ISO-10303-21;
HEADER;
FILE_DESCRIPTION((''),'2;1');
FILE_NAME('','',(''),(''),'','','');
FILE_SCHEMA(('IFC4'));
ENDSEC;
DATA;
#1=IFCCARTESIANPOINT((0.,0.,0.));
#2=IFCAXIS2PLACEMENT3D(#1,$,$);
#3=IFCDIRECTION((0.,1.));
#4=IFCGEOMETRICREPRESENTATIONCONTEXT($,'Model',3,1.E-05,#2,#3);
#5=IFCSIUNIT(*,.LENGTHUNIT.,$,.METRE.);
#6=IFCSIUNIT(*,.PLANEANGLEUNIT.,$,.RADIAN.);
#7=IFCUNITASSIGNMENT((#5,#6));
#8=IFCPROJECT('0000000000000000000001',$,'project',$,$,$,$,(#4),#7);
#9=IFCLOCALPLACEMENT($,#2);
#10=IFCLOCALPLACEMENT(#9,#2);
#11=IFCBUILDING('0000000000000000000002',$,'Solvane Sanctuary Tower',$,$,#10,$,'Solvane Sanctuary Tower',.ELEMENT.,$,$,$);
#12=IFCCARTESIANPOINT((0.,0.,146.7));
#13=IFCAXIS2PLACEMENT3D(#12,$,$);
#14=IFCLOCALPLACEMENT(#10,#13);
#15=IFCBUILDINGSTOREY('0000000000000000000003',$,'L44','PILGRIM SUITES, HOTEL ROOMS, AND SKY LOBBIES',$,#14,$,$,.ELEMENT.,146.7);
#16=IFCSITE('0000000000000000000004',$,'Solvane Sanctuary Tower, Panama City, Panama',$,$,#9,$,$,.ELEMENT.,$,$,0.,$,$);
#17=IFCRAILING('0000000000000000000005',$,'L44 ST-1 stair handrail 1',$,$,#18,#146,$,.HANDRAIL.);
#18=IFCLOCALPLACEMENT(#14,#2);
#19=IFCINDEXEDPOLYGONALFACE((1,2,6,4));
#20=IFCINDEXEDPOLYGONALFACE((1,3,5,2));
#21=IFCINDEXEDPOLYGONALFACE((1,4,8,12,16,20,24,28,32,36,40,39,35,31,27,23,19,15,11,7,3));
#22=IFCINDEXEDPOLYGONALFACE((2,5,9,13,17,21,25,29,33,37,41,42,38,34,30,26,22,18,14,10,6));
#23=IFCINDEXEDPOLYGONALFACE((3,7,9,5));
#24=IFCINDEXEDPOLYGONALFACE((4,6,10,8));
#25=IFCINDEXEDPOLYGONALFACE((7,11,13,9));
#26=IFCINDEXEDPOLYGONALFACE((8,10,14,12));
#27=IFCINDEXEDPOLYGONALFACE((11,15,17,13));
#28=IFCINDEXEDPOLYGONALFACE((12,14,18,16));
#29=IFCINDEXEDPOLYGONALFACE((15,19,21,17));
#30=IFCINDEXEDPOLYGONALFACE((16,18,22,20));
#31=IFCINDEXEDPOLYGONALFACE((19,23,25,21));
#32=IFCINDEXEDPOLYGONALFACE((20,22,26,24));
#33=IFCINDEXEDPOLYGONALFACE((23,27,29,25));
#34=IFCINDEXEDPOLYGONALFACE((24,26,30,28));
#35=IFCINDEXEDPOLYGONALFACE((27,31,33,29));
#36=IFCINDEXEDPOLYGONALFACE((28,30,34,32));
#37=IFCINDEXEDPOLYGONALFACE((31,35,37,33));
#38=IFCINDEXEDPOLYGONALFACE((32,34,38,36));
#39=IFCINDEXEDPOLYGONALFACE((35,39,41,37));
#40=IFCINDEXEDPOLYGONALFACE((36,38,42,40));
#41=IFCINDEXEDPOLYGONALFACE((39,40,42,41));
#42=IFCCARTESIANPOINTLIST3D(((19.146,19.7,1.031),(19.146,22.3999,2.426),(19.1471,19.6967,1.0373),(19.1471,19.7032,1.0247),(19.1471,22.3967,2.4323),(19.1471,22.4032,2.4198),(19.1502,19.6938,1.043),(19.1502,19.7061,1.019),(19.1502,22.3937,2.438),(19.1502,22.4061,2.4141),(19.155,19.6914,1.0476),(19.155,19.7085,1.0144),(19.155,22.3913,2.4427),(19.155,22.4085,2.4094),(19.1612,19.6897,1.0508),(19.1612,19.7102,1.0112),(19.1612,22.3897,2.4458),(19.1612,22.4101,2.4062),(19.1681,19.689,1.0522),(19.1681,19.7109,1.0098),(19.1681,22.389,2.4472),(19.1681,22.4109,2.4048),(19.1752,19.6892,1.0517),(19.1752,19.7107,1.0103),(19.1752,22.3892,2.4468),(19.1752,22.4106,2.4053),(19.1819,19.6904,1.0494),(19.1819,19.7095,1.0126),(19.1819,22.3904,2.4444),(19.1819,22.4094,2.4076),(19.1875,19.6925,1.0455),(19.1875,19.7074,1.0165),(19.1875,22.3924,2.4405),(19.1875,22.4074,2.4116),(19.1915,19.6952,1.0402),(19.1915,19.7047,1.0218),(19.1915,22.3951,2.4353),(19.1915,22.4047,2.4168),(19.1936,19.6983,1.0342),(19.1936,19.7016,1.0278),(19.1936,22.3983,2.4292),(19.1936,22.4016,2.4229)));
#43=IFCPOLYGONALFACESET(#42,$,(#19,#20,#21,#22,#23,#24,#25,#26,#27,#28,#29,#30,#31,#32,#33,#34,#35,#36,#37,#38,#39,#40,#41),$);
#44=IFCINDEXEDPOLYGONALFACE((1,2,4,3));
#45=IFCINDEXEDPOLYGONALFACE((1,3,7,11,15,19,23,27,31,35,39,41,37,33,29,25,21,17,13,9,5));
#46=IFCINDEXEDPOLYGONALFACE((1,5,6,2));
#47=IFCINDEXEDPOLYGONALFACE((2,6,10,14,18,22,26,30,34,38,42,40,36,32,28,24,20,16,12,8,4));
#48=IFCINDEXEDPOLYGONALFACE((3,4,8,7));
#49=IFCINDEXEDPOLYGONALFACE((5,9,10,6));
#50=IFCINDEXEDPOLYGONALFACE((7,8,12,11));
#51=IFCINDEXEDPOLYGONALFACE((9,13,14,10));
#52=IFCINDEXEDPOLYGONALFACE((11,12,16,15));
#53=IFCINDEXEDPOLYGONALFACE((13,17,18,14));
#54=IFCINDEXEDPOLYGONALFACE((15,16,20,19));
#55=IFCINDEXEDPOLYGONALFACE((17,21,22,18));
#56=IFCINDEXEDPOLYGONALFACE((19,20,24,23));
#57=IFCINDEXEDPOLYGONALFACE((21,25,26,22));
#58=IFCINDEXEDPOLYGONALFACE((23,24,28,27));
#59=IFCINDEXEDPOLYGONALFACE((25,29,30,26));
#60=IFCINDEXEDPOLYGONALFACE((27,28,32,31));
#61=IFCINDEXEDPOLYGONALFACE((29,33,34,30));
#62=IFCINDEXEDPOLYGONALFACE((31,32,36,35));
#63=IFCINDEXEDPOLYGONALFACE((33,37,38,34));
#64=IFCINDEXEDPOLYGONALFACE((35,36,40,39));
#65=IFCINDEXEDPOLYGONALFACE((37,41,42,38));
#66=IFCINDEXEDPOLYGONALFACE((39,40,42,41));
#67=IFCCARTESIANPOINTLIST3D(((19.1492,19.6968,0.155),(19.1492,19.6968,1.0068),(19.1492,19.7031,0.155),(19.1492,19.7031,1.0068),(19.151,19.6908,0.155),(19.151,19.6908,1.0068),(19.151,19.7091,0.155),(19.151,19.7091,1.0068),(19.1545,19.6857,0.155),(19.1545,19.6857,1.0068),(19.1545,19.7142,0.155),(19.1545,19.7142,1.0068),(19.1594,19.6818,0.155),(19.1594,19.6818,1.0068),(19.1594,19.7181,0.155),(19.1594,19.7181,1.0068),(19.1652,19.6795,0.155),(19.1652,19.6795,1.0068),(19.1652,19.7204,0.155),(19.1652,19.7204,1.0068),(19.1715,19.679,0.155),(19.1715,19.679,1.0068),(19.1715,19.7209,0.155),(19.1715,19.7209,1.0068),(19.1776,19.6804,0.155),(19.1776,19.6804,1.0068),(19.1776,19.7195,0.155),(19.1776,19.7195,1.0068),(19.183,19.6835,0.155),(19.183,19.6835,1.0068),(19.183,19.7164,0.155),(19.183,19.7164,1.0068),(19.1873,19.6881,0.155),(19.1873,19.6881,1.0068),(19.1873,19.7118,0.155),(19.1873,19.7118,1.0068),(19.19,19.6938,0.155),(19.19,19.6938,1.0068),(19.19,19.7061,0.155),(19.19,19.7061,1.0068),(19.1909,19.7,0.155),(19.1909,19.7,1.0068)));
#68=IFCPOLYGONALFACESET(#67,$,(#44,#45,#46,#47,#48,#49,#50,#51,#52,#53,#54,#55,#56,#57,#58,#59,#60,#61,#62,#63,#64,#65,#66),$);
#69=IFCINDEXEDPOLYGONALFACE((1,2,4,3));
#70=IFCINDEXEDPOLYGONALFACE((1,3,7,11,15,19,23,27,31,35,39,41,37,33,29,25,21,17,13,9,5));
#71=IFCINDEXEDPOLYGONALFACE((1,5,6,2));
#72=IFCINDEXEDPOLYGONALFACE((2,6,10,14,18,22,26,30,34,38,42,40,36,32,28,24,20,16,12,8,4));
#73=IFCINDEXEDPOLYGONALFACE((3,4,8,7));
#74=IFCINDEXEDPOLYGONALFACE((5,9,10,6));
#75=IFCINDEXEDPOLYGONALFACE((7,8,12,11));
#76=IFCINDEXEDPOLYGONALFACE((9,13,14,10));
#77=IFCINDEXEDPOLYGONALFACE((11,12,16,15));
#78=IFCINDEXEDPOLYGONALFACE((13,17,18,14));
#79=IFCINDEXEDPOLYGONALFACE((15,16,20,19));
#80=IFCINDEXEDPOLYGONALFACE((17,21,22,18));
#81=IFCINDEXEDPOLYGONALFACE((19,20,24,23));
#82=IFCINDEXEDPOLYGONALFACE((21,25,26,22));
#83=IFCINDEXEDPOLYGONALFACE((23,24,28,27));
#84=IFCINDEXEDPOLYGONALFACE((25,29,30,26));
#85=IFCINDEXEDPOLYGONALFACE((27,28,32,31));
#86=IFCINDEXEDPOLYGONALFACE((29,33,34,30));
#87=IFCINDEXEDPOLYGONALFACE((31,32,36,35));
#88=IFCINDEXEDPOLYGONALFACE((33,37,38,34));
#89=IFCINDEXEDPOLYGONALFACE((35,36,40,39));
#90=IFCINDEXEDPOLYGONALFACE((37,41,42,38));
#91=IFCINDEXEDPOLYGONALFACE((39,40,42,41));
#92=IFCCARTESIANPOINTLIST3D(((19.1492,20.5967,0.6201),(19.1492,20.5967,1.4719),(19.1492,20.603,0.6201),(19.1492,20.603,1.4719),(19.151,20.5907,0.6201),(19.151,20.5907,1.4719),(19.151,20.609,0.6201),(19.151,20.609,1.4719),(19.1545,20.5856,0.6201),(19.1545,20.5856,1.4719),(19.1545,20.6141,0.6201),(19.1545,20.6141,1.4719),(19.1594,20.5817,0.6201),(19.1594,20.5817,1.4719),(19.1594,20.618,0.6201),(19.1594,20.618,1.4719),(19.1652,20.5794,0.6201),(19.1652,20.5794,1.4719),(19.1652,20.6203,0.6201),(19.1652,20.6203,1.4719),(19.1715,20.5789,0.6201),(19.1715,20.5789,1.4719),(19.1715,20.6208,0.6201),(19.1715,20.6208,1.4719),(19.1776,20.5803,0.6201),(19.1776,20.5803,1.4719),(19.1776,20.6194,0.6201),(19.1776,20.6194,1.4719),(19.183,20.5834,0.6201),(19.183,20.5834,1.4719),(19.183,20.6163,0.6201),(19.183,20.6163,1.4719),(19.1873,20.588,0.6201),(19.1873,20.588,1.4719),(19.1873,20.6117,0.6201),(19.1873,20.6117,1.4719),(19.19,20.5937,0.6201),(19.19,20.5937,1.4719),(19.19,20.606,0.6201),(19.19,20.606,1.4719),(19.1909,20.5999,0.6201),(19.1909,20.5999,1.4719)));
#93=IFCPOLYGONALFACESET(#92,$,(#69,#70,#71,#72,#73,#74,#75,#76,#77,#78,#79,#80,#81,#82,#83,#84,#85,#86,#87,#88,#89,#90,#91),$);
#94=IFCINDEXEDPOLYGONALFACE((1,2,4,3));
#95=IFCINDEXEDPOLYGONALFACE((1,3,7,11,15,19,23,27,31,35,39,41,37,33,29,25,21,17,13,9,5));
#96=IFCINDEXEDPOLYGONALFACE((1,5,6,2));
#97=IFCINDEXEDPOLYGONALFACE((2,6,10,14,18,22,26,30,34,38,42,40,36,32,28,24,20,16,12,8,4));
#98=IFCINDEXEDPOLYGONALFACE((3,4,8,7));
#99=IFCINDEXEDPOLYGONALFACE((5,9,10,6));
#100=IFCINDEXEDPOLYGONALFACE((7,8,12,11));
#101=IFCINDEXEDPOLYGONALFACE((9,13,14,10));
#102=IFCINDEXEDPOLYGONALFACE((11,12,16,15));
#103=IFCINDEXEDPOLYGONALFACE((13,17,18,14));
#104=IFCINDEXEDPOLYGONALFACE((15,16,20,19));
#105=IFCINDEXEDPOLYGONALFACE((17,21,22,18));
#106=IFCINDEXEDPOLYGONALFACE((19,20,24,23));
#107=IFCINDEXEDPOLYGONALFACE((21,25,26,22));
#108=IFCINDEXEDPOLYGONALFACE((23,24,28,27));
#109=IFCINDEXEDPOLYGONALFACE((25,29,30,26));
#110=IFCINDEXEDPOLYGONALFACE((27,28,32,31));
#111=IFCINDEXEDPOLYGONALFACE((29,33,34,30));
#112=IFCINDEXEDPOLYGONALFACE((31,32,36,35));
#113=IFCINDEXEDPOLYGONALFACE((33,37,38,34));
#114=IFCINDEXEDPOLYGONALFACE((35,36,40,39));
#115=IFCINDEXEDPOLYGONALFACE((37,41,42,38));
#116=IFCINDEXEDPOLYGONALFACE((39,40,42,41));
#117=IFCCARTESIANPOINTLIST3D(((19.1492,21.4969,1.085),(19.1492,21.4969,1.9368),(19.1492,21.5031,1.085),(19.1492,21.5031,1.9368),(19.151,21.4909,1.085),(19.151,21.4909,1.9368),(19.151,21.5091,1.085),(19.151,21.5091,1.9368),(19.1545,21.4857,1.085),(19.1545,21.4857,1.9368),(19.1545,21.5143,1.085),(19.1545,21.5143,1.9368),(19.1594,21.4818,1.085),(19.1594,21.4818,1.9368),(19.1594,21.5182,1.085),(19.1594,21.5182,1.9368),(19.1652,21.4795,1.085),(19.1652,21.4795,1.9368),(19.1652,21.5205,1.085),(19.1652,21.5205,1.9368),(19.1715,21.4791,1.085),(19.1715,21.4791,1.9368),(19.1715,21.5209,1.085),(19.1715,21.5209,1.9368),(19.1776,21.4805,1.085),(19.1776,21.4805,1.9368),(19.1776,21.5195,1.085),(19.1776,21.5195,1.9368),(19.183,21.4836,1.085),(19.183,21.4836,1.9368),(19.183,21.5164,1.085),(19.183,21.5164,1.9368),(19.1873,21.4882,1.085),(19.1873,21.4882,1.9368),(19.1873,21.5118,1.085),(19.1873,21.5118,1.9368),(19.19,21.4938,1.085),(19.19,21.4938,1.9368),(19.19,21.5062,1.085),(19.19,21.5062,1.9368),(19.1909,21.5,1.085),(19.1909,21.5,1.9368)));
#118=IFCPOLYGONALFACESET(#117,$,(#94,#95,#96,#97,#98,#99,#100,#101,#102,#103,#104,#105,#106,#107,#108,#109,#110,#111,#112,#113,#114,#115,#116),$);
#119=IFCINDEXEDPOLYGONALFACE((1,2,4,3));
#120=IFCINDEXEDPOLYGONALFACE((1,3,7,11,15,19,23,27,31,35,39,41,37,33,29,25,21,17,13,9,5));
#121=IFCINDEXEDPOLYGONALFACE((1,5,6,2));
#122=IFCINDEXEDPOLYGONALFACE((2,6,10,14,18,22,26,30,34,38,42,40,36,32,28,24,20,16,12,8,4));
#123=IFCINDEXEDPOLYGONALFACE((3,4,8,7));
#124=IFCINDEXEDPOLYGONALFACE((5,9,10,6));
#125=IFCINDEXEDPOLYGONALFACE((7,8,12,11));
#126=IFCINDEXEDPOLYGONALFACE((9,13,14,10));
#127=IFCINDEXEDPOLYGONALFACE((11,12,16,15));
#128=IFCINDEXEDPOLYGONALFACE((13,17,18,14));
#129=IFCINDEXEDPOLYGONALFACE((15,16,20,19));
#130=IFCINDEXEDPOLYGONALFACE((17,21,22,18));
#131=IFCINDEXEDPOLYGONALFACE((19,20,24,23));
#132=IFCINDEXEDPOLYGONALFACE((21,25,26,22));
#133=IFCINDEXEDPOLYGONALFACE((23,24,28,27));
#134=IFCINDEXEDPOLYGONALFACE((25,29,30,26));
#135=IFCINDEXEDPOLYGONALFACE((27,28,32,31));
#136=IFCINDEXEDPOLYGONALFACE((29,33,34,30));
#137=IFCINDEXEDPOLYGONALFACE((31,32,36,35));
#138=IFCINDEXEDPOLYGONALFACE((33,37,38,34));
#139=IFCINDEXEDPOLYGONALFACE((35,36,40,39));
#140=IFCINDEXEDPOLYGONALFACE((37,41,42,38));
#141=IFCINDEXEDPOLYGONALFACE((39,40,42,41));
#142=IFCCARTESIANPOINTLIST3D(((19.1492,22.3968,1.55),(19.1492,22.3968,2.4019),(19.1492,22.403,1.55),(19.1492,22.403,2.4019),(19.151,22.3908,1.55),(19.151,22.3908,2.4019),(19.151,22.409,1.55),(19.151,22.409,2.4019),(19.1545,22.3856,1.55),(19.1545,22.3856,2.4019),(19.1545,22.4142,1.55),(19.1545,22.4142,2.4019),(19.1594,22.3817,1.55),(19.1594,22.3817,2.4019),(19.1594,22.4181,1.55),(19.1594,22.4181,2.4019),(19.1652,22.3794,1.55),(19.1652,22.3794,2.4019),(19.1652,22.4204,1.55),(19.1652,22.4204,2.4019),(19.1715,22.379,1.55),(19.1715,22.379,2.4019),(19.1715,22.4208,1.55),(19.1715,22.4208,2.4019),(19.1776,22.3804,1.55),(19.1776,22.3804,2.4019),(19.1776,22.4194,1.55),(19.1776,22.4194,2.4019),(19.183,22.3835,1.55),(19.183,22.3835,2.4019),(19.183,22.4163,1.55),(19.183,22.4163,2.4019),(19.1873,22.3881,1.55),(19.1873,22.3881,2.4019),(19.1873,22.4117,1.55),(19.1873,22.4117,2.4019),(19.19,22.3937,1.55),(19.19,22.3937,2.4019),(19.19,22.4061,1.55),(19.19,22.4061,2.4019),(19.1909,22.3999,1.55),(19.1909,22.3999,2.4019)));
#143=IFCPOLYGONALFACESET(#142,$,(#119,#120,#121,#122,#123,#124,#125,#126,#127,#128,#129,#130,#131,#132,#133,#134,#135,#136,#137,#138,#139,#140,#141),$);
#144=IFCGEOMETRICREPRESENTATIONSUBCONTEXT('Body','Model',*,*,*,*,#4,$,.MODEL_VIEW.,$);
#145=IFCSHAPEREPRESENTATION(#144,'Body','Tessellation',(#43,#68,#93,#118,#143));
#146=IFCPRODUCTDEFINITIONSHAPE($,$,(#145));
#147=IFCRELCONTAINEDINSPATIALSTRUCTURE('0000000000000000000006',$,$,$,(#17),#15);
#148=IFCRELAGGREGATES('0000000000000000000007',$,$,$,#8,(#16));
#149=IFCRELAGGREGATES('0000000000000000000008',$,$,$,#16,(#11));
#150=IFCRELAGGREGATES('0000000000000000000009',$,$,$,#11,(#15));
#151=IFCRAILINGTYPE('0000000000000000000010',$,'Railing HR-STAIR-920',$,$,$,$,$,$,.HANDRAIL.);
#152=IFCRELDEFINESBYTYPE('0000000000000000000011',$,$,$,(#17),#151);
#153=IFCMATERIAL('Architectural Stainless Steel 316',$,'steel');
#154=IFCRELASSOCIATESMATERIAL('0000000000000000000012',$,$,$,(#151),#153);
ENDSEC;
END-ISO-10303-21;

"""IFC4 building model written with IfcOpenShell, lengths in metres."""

from ifc_helpers import new_model, si_unit, direction, frame, origin, origin_2d, place, context, subcontext, project, spatial, circle, extrude, material, type_object, element, save


model = new_model("IFC4")

# Units and contexts
model_context = context("Model", 3, precision=1e-05, world=origin(), true_north=direction((0.0, 1.0)))
body_context = subcontext(model_context, "Body", "Model", "MODEL_VIEW")
ifc_project = project(units=[si_unit("LENGTHUNIT", "METRE"), si_unit("PLANEANGLEUNIT", "RADIAN")], contexts=[model_context])

# Site, building, storey
site_placement = place(None, origin())
site = spatial("IfcSite", under=ifc_project, at=site_placement, Name="Solvane Sanctuary Tower, Panama City, Panama", CompositionType="ELEMENT", RefElevation=0.0)
building_placement = place(site_placement, origin())
building = spatial("IfcBuilding", under=site, at=building_placement, Name="Solvane Sanctuary Tower", LongName="Solvane Sanctuary Tower", CompositionType="ELEMENT")
storey_placement = place(building_placement, frame((0.0, 0.0, 146.7)))
storey = spatial("IfcBuildingStorey", under=building, at=storey_placement, Name="L44", Description="PILGRIM SUITES, HOTEL ROOMS, AND SKY LOBBIES", CompositionType="ELEMENT", Elevation=146.7)

# Shared definitions
ifc_material_1 = material(Name="Architectural Stainless Steel 316", Category="steel")

# Railing
railing_type_1 = type_object("IfcRailingType", Name="Railing HR-STAIR-920", PredefinedType="HANDRAIL", material=ifc_material_1)
railing_1_placement = place(storey_placement, frame((19.1699, 19.7, 0.155)))
element("IfcRailing", 1, at=railing_1_placement, inside=storey, type_object=railing_type_1, Name="L44 ST-1 stair handrail 1", PredefinedType="HANDRAIL", context=body_context, shape_type="SweptSolid", body=[
    extrude(circle(Radius=0.0239, at=origin_2d()), frame((0.0, 0.0, 0.876), z_axis=(0.0, 0.88842, 0.459032), x_axis=(-1.0, 0.0, 0.0)), (0.0, 0.0, 1.0), 3.0391),
    extrude(circle(Radius=0.021, at=origin_2d()), origin(), (0.0, 0.0, 1.0), 0.8518),
    extrude(circle(Radius=0.021, at=origin_2d()), frame((0.0, 0.8999, 0.4651)), (0.0, 0.0, 1.0), 0.8518),
    extrude(circle(Radius=0.021, at=origin_2d()), frame((0.0, 1.8, 0.9299)), (0.0, 0.0, 1.0), 0.8518),
    extrude(circle(Radius=0.021, at=origin_2d()), frame((0.0, 2.7, 1.395)), (0.0, 0.0, 1.0), 0.8518),
])

save(model, "model.ifc")
